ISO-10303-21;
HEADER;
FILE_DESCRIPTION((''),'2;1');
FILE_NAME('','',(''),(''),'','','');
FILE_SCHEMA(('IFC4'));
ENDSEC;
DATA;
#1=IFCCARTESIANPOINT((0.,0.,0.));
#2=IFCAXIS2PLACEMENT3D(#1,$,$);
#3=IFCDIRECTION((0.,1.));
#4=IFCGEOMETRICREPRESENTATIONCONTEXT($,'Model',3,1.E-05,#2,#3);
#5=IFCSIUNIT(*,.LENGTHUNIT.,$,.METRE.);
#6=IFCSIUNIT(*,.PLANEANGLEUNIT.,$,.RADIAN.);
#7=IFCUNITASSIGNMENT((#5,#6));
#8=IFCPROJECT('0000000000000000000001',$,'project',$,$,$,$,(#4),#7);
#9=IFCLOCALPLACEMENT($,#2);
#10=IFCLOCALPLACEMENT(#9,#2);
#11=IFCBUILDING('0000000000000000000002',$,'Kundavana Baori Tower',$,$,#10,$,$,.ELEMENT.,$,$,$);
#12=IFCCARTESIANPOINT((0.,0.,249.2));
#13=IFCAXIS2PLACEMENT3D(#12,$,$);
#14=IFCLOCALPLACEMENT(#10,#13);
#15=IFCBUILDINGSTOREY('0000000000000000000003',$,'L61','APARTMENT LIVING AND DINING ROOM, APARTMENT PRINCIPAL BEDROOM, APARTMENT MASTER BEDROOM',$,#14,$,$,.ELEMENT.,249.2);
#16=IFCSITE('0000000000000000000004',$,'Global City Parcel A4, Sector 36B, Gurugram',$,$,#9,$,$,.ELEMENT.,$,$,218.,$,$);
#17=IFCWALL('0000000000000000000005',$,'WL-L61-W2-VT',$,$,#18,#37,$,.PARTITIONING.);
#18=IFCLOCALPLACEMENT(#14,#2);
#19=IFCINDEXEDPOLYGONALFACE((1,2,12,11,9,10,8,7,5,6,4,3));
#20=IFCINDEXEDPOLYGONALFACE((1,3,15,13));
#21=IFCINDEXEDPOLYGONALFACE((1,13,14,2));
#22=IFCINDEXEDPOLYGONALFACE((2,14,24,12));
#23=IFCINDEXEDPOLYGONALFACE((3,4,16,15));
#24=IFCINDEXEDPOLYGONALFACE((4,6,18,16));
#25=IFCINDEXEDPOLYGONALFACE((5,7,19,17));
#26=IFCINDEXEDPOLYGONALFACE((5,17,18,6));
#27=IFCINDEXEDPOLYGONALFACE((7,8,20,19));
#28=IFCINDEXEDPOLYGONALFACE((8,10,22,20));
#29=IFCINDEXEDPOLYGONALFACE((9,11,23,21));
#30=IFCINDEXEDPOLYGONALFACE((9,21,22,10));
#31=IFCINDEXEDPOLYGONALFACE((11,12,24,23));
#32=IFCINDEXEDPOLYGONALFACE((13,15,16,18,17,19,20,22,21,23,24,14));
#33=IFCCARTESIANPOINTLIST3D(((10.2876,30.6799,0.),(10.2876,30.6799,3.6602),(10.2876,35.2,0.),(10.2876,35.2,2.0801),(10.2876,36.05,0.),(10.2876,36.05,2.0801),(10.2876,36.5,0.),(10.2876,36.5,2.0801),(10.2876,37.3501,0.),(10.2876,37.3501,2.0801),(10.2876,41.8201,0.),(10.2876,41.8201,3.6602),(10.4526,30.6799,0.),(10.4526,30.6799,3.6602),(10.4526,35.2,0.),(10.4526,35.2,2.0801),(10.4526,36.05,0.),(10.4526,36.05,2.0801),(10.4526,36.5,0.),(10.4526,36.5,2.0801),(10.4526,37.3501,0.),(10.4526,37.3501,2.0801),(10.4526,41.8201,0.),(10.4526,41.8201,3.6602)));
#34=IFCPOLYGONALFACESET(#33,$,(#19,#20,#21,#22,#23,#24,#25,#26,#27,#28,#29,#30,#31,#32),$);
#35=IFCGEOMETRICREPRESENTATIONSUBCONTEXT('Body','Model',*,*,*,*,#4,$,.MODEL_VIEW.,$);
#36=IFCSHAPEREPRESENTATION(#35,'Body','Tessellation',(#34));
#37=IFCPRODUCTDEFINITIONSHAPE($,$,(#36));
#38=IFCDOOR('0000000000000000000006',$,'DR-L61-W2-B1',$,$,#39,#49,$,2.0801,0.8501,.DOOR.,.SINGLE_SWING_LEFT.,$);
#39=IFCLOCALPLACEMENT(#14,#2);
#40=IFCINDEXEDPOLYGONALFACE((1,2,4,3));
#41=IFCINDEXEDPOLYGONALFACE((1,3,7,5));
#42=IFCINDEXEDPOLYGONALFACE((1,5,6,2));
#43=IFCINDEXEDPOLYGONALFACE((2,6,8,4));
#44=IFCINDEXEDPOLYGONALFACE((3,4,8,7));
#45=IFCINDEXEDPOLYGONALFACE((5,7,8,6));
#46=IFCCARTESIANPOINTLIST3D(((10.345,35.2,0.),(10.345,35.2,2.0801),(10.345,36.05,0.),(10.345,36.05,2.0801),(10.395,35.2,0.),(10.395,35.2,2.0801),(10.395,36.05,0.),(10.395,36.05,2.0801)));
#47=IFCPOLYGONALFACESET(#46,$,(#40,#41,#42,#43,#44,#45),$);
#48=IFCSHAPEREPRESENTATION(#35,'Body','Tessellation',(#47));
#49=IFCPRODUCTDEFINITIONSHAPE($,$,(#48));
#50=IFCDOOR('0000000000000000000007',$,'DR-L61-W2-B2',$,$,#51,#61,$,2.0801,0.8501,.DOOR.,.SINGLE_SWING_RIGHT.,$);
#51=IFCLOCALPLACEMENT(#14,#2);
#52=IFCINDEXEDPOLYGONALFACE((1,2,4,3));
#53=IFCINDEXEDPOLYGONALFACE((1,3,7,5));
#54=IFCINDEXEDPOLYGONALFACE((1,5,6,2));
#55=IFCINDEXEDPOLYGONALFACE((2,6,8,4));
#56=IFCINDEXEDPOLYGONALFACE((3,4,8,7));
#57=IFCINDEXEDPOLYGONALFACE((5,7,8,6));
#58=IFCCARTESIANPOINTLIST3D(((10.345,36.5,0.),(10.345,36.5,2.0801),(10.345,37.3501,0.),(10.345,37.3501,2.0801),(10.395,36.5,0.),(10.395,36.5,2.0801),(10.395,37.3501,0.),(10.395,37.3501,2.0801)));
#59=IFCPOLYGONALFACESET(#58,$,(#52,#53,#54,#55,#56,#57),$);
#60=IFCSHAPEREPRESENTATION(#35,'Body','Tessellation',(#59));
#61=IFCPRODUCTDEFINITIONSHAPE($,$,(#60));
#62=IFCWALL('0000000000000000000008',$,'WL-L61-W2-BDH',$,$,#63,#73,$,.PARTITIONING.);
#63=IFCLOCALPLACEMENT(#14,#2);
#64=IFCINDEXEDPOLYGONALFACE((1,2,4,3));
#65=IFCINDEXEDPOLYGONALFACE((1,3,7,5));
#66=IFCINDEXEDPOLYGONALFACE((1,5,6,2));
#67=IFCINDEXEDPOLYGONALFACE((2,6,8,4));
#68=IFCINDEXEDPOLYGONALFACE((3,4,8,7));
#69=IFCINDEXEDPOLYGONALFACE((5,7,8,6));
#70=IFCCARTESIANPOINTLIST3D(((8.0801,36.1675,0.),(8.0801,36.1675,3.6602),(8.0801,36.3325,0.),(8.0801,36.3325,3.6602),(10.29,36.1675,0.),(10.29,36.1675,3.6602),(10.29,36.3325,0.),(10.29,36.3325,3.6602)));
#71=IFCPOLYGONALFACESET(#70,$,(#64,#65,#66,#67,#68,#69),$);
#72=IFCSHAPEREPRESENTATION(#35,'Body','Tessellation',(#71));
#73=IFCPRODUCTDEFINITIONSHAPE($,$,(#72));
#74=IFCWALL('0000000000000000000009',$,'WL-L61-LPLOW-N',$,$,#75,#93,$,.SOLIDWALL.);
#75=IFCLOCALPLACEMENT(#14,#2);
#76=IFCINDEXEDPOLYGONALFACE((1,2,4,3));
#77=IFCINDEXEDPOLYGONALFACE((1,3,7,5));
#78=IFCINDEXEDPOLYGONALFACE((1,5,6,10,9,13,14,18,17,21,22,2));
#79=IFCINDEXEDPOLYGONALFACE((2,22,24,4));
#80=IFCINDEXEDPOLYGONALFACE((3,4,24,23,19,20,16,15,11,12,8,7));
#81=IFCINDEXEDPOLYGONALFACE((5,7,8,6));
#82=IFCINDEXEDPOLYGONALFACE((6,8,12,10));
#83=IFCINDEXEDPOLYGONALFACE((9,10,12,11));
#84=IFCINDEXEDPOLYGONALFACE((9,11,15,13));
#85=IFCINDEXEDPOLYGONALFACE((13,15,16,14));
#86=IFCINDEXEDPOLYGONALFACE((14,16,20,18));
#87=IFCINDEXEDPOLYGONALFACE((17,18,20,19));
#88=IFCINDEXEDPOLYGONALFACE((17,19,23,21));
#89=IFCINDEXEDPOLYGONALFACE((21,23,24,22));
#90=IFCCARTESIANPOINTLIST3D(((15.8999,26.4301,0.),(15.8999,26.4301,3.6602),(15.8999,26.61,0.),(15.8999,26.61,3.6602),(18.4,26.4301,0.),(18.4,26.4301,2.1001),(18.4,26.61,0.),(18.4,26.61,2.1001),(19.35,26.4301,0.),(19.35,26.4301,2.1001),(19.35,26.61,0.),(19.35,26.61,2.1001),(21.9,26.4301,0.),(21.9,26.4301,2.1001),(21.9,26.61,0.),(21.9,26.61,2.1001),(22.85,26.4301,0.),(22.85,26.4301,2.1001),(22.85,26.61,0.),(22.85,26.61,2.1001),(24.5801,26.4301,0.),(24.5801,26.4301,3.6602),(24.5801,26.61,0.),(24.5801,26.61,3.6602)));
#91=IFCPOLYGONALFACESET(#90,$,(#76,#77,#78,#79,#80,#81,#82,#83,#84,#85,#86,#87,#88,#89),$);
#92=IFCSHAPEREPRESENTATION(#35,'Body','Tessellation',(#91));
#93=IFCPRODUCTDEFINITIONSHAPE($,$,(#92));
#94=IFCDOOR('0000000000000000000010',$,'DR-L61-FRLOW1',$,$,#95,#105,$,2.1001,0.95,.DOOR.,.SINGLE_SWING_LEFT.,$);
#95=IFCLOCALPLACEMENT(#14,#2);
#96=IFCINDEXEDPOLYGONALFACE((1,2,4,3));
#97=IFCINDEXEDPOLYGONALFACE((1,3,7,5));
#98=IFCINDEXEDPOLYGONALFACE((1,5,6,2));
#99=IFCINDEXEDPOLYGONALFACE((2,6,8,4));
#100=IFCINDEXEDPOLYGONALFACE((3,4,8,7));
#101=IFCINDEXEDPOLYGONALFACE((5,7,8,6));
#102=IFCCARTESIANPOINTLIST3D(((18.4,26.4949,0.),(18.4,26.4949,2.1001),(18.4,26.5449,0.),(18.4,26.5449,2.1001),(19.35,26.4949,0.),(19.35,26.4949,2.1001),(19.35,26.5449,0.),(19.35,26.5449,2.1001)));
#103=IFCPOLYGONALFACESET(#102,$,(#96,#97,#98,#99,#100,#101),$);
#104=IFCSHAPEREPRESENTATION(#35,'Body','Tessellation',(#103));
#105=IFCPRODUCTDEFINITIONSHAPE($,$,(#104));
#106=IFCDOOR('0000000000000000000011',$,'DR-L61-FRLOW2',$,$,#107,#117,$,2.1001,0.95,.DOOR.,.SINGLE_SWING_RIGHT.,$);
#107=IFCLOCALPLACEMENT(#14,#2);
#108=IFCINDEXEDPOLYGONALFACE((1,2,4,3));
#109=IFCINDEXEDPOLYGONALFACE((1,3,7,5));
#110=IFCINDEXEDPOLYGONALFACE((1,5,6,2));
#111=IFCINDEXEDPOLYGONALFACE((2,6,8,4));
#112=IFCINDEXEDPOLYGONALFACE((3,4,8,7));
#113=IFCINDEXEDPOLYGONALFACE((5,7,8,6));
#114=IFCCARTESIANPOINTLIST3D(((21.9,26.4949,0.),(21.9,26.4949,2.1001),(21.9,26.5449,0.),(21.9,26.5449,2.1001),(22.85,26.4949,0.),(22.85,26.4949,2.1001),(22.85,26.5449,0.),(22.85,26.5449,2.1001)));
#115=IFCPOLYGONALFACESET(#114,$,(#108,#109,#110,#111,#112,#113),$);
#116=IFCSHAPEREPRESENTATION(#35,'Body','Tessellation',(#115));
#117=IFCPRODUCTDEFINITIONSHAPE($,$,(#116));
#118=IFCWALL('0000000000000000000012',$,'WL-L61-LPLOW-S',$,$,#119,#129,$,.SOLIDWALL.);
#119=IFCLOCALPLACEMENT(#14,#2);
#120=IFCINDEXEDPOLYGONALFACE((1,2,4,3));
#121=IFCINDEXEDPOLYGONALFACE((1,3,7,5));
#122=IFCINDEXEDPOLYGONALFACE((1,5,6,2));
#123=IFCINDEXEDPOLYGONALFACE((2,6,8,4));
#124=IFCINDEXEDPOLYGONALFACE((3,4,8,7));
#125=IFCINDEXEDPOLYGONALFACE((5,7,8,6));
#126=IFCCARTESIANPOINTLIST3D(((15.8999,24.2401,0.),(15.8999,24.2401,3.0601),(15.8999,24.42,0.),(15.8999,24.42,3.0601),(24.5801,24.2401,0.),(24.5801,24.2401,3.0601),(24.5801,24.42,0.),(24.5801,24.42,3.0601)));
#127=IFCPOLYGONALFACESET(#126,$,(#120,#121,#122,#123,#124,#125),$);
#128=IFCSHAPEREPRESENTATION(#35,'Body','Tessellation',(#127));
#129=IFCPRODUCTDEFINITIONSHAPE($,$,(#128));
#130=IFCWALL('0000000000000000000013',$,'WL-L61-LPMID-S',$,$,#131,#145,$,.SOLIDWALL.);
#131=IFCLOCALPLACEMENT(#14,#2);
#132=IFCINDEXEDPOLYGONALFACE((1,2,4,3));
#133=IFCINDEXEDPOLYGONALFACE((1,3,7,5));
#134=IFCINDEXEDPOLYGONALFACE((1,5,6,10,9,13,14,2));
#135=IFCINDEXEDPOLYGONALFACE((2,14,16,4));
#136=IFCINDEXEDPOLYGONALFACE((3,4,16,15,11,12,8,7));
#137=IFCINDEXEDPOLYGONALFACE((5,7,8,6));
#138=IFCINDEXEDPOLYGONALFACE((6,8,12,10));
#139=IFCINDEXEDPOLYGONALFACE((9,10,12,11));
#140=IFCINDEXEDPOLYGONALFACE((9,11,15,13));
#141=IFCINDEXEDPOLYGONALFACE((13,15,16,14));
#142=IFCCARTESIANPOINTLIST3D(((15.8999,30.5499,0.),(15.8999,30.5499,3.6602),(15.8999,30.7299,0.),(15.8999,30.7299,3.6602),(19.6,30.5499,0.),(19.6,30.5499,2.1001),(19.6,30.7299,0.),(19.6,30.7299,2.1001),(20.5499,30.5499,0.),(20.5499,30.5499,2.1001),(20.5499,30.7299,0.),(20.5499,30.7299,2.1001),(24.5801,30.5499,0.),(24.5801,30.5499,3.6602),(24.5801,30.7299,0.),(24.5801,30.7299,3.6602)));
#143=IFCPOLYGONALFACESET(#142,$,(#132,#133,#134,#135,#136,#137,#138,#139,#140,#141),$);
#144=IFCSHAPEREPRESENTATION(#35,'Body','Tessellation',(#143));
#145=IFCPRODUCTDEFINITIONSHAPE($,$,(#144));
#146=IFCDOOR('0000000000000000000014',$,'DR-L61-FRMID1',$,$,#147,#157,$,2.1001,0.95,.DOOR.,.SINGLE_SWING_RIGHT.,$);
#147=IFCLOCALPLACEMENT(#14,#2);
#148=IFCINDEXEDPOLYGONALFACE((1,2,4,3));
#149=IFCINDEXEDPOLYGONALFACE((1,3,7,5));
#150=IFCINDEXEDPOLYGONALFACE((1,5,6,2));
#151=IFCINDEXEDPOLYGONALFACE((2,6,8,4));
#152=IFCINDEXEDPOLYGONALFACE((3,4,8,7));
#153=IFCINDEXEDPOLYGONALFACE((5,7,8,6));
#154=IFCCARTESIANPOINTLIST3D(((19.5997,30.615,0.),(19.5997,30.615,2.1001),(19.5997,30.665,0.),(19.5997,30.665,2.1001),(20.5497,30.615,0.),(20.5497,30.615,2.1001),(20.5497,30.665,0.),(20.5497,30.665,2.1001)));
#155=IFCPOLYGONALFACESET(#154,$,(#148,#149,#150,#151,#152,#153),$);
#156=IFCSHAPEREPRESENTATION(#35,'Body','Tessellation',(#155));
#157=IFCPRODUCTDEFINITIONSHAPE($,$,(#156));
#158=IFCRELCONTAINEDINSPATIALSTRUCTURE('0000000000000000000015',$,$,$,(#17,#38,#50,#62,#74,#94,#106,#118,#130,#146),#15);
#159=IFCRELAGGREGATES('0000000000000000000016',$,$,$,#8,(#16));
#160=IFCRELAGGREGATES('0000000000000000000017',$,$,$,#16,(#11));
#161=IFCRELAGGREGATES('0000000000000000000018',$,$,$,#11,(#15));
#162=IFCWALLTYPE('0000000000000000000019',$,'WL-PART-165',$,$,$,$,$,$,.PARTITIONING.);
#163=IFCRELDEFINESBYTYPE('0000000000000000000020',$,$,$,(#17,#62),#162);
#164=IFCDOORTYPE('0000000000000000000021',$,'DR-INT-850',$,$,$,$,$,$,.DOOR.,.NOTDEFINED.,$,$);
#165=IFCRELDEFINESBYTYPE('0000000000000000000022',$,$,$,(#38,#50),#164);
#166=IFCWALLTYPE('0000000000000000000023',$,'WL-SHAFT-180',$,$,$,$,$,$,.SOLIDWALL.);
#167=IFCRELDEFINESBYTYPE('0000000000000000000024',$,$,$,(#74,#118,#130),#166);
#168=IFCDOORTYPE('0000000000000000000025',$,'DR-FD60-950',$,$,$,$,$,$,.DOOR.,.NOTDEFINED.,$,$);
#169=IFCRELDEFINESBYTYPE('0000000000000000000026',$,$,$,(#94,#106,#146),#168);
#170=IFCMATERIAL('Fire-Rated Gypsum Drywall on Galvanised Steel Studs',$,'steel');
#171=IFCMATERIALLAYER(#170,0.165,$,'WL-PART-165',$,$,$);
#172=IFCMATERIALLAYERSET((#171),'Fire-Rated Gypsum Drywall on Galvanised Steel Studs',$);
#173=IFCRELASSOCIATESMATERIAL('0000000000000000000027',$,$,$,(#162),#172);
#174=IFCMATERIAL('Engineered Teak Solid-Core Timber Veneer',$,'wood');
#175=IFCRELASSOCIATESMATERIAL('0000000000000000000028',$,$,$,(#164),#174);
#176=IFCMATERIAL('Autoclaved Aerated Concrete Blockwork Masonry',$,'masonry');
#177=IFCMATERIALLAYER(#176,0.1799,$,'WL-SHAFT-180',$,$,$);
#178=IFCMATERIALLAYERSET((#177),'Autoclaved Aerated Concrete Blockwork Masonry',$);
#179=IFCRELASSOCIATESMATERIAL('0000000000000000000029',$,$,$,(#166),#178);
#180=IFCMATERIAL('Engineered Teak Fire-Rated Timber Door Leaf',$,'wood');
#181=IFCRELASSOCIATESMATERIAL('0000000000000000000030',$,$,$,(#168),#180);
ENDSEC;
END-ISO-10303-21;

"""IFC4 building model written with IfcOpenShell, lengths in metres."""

from ifc_helpers import new_model, si_unit, direction, frame, frame_2d, origin, place, context, subcontext, project, spatial, rectangle, extrude, material, layer, layer_set, type_object, element, fill, save


model = new_model("IFC4")

# Units and contexts
model_context = context("Model", 3, precision=1e-05, world=origin(), true_north=direction((0.0, 1.0)))
body_context = subcontext(model_context, "Body", "Model", "MODEL_VIEW")
ifc_project = project(units=[si_unit("LENGTHUNIT", "METRE"), si_unit("PLANEANGLEUNIT", "RADIAN")], contexts=[model_context])

# Site, building, storey
site_placement = place(None, origin())
site = spatial("IfcSite", under=ifc_project, at=site_placement, Name="Global City Parcel A4, Sector 36B, Gurugram", CompositionType="ELEMENT", RefElevation=218.0)
building_placement = place(site_placement, origin())
building = spatial("IfcBuilding", under=site, at=building_placement, Name="Kundavana Baori Tower", CompositionType="ELEMENT")
storey_placement = place(building_placement, frame((0.0, 0.0, 249.2)))
storey = spatial("IfcBuildingStorey", under=building, at=storey_placement, Name="L61", Description="APARTMENT LIVING AND DINING ROOM, APARTMENT PRINCIPAL BEDROOM, APARTMENT MASTER BEDROOM", CompositionType="ELEMENT", Elevation=249.2)

# Shared definitions
ifc_material_1 = material(Name="Fire-Rated Gypsum Drywall on Galvanised Steel Studs", Category="steel")
ifc_layer_1 = layer(ifc_material_1, 0.165, Name="WL-PART-165")
ifc_layer_set_1 = layer_set([ifc_layer_1], Name="Fire-Rated Gypsum Drywall on Galvanised Steel Studs")
wall_type_1 = type_object("IfcWallType", Name="WL-PART-165", PredefinedType="PARTITIONING", material=ifc_layer_set_1)

# Wall, openings, doors
wall_1_placement = place(storey_placement, frame((10.3701, 30.6799, 0.0), z_axis=(0.0, 0.0, 1.0), x_axis=(0.0, 1.0, 0.0)))
wall_1 = element("IfcWall", 1, at=wall_1_placement, inside=storey, type_object=wall_type_1, Name="WL-L61-W2-VT", PredefinedType="PARTITIONING", context=body_context, shape_type="SweptSolid", body=[
    extrude(rectangle(XDim=11.1401, YDim=0.165, at=frame_2d((5.5701, 0.0))), origin(), (0.0, 0.0, 1.0), 3.6602),
])
opening_1_placement = place(wall_1_placement, frame((4.52, 0.0, 0.0)))
opening_1 = element("IfcOpeningElement", 2, at=opening_1_placement, cuts=wall_1, PredefinedType="OPENING", context=body_context, shape_type="SweptSolid", body=[
    extrude(rectangle(XDim=0.8501, YDim=2.0801, at=frame_2d((0.425, 1.04))), frame((0.0, 0.0925, 0.0), z_axis=(0.0, -1.0, 0.0), x_axis=(1.0, 0.0, 0.0)), (0.0, 0.0, 1.0), 0.1851),
])
opening_2_placement = place(wall_1_placement, frame((5.8201, 0.0, 0.0)))
opening_2 = element("IfcOpeningElement", 3, at=opening_2_placement, cuts=wall_1, PredefinedType="OPENING", context=body_context, shape_type="SweptSolid", body=[
    extrude(rectangle(XDim=0.8501, YDim=2.0801, at=frame_2d((0.425, 1.04))), frame((0.0, 0.0925, 0.0), z_axis=(0.0, -1.0, 0.0), x_axis=(1.0, 0.0, 0.0)), (0.0, 0.0, 1.0), 0.1851),
])
ifc_material_2 = material(Name="Engineered Teak Solid-Core Timber Veneer", Category="wood")
door_type_1 = type_object("IfcDoorType", Name="DR-INT-850", OperationType="NOTDEFINED", PredefinedType="DOOR", material=ifc_material_2)
door_1_placement = place(opening_1_placement, frame((0.8501, 0.0, 0.0), z_axis=(0.0, 0.0, 1.0), x_axis=(-1.0, 0.0, 0.0)))
door_1 = element("IfcDoor", 4, at=door_1_placement, inside=storey, type_object=door_type_1, Name="DR-L61-W2-B1", OperationType="SINGLE_SWING_LEFT", OverallHeight=2.0801, OverallWidth=0.8501, PredefinedType="DOOR", context=body_context, shape_type="SweptSolid", body=[
    extrude(rectangle(XDim=0.8501, YDim=2.0801, at=frame_2d((0.425, 1.04))), frame((0.0, 0.0249, 0.0), z_axis=(0.0, -1.0, 0.0), x_axis=(1.0, 0.0, 0.0)), (0.0, 0.0, 1.0), 0.05),
])
fill(opening_1, door_1)
door_2_placement = place(opening_2_placement, frame((0.8501, 0.0, 0.0), z_axis=(0.0, 0.0, 1.0), x_axis=(-1.0, 0.0, 0.0)))
door_2 = element("IfcDoor", 5, at=door_2_placement, inside=storey, type_object=door_type_1, Name="DR-L61-W2-B2", OperationType="SINGLE_SWING_RIGHT", OverallHeight=2.0801, OverallWidth=0.8501, PredefinedType="DOOR", context=body_context, shape_type="SweptSolid", body=[
    extrude(rectangle(XDim=0.8501, YDim=2.0801, at=frame_2d((0.425, 1.04))), frame((0.0, 0.0249, 0.0), z_axis=(0.0, -1.0, 0.0), x_axis=(1.0, 0.0, 0.0)), (0.0, 0.0, 1.0), 0.05),
])
fill(opening_2, door_2)

# Wall
wall_2_placement = place(storey_placement, frame((8.0801, 36.25, 0.0), z_axis=(0.0, 0.0, 1.0), x_axis=(1.0, 0.0, 0.0)))
element("IfcWall", 6, at=wall_2_placement, inside=storey, type_object=wall_type_1, Name="WL-L61-W2-BDH", PredefinedType="PARTITIONING", context=body_context, shape_type="SweptSolid", body=[
    extrude(rectangle(XDim=2.21, YDim=0.165, at=frame_2d((1.105, 0.0))), origin(), (0.0, 0.0, 1.0), 3.6602),
])

# Wall, openings, doors
ifc_material_3 = material(Name="Autoclaved Aerated Concrete Blockwork Masonry", Category="masonry")
ifc_layer_2 = layer(ifc_material_3, 0.1799, Name="WL-SHAFT-180")
ifc_layer_set_2 = layer_set([ifc_layer_2], Name="Autoclaved Aerated Concrete Blockwork Masonry")
wall_type_2 = type_object("IfcWallType", Name="WL-SHAFT-180", PredefinedType="SOLIDWALL", material=ifc_layer_set_2)
wall_3_placement = place(storey_placement, frame((15.8999, 26.52, 0.0), z_axis=(0.0, 0.0, 1.0), x_axis=(1.0, 0.0, 0.0)))
wall_3 = element("IfcWall", 7, at=wall_3_placement, inside=storey, type_object=wall_type_2, Name="WL-L61-LPLOW-N", PredefinedType="SOLIDWALL", context=body_context, shape_type="SweptSolid", body=[
    extrude(rectangle(XDim=8.6802, YDim=0.1799, at=frame_2d((4.3401, 0.0))), origin(), (0.0, 0.0, 1.0), 3.6602),
])
opening_3_placement = place(wall_3_placement, frame((2.5, 0.0, 0.0)))
opening_3 = element("IfcOpeningElement", 8, at=opening_3_placement, cuts=wall_3, PredefinedType="OPENING", context=body_context, shape_type="SweptSolid", body=[
    extrude(rectangle(XDim=0.95, YDim=2.1001, at=frame_2d((0.4751, 1.05))), frame((0.0, 0.1001, 0.0), z_axis=(0.0, -1.0, 0.0), x_axis=(1.0, 0.0, 0.0)), (0.0, 0.0, 1.0), 0.2),
])
opening_4_placement = place(wall_3_placement, frame((6.0, 0.0, 0.0)))
opening_4 = element("IfcOpeningElement", 9, at=opening_4_placement, cuts=wall_3, PredefinedType="OPENING", context=body_context, shape_type="SweptSolid", body=[
    extrude(rectangle(XDim=0.95, YDim=2.1001, at=frame_2d((0.4751, 1.05))), frame((0.0, 0.1001, 0.0), z_axis=(0.0, -1.0, 0.0), x_axis=(1.0, 0.0, 0.0)), (0.0, 0.0, 1.0), 0.2),
])
ifc_material_4 = material(Name="Engineered Teak Fire-Rated Timber Door Leaf", Category="wood")
door_type_2 = type_object("IfcDoorType", Name="DR-FD60-950", OperationType="NOTDEFINED", PredefinedType="DOOR", material=ifc_material_4)
door_3_placement = place(opening_3_placement, origin())
door_3 = element("IfcDoor", 10, at=door_3_placement, inside=storey, type_object=door_type_2, Name="DR-L61-FRLOW1", OperationType="SINGLE_SWING_LEFT", OverallHeight=2.1001, OverallWidth=0.95, PredefinedType="DOOR", context=body_context, shape_type="SweptSolid", body=[
    extrude(rectangle(XDim=0.95, YDim=2.1001, at=frame_2d((0.4751, 1.05))), frame((0.0, 0.0249, 0.0), z_axis=(0.0, -1.0, 0.0), x_axis=(1.0, 0.0, 0.0)), (0.0, 0.0, 1.0), 0.05),
])
fill(opening_3, door_3)
door_4_placement = place(opening_4_placement, origin())
door_4 = element("IfcDoor", 11, at=door_4_placement, inside=storey, type_object=door_type_2, Name="DR-L61-FRLOW2", OperationType="SINGLE_SWING_RIGHT", OverallHeight=2.1001, OverallWidth=0.95, PredefinedType="DOOR", context=body_context, shape_type="SweptSolid", body=[
    extrude(rectangle(XDim=0.95, YDim=2.1001, at=frame_2d((0.4751, 1.05))), frame((0.0, 0.0249, 0.0), z_axis=(0.0, -1.0, 0.0), x_axis=(1.0, 0.0, 0.0)), (0.0, 0.0, 1.0), 0.05),
])
fill(opening_4, door_4)

# Wall
wall_4_placement = place(storey_placement, frame((15.8999, 24.3301, 0.0), z_axis=(0.0, 0.0, 1.0), x_axis=(1.0, 0.0, 0.0)))
element("IfcWall", 12, at=wall_4_placement, inside=storey, type_object=wall_type_2, Name="WL-L61-LPLOW-S", PredefinedType="SOLIDWALL", context=body_context, shape_type="SweptSolid", body=[
    extrude(rectangle(XDim=8.6802, YDim=0.1799, at=frame_2d((4.3401, 0.0))), origin(), (0.0, 0.0, 1.0), 3.0601),
])

# Wall, opening, door
wall_5_placement = place(storey_placement, frame((15.8999, 30.6399, 0.0), z_axis=(0.0, 0.0, 1.0), x_axis=(1.0, 0.0, 0.0)))
wall_5 = element("IfcWall", 13, at=wall_5_placement, inside=storey, type_object=wall_type_2, Name="WL-L61-LPMID-S", PredefinedType="SOLIDWALL", context=body_context, shape_type="SweptSolid", body=[
    extrude(rectangle(XDim=8.6802, YDim=0.1799, at=frame_2d((4.3401, 0.0))), origin(), (0.0, 0.0, 1.0), 3.6602),
])
opening_5_placement = place(wall_5_placement, frame((3.7, 0.0, 0.0)))
opening_5 = element("IfcOpeningElement", 14, at=opening_5_placement, cuts=wall_5, PredefinedType="OPENING", context=body_context, shape_type="SweptSolid", body=[
    extrude(rectangle(XDim=0.95, YDim=2.1001, at=frame_2d((0.4751, 1.05))), frame((0.0, 0.1001, 0.0), z_axis=(0.0, -1.0, 0.0), x_axis=(1.0, 0.0, 0.0)), (0.0, 0.0, 1.0), 0.2),
])
door_5_placement = place(opening_5_placement, frame((0.95, 0.0, 0.0), z_axis=(0.0, 0.0, 1.0), x_axis=(-1.0, 0.0, 0.0)))
door_5 = element("IfcDoor", 15, at=door_5_placement, inside=storey, type_object=door_type_2, Name="DR-L61-FRMID1", OperationType="SINGLE_SWING_RIGHT", OverallHeight=2.1001, OverallWidth=0.95, PredefinedType="DOOR", context=body_context, shape_type="SweptSolid", body=[
    extrude(rectangle(XDim=0.95, YDim=2.1001, at=frame_2d((0.4751, 1.05))), frame((0.0, 0.0249, 0.0), z_axis=(0.0, -1.0, 0.0), x_axis=(1.0, 0.0, 0.0)), (0.0, 0.0, 1.0), 0.05),
])
fill(opening_5, door_5)

save(model, "model.ifc")
